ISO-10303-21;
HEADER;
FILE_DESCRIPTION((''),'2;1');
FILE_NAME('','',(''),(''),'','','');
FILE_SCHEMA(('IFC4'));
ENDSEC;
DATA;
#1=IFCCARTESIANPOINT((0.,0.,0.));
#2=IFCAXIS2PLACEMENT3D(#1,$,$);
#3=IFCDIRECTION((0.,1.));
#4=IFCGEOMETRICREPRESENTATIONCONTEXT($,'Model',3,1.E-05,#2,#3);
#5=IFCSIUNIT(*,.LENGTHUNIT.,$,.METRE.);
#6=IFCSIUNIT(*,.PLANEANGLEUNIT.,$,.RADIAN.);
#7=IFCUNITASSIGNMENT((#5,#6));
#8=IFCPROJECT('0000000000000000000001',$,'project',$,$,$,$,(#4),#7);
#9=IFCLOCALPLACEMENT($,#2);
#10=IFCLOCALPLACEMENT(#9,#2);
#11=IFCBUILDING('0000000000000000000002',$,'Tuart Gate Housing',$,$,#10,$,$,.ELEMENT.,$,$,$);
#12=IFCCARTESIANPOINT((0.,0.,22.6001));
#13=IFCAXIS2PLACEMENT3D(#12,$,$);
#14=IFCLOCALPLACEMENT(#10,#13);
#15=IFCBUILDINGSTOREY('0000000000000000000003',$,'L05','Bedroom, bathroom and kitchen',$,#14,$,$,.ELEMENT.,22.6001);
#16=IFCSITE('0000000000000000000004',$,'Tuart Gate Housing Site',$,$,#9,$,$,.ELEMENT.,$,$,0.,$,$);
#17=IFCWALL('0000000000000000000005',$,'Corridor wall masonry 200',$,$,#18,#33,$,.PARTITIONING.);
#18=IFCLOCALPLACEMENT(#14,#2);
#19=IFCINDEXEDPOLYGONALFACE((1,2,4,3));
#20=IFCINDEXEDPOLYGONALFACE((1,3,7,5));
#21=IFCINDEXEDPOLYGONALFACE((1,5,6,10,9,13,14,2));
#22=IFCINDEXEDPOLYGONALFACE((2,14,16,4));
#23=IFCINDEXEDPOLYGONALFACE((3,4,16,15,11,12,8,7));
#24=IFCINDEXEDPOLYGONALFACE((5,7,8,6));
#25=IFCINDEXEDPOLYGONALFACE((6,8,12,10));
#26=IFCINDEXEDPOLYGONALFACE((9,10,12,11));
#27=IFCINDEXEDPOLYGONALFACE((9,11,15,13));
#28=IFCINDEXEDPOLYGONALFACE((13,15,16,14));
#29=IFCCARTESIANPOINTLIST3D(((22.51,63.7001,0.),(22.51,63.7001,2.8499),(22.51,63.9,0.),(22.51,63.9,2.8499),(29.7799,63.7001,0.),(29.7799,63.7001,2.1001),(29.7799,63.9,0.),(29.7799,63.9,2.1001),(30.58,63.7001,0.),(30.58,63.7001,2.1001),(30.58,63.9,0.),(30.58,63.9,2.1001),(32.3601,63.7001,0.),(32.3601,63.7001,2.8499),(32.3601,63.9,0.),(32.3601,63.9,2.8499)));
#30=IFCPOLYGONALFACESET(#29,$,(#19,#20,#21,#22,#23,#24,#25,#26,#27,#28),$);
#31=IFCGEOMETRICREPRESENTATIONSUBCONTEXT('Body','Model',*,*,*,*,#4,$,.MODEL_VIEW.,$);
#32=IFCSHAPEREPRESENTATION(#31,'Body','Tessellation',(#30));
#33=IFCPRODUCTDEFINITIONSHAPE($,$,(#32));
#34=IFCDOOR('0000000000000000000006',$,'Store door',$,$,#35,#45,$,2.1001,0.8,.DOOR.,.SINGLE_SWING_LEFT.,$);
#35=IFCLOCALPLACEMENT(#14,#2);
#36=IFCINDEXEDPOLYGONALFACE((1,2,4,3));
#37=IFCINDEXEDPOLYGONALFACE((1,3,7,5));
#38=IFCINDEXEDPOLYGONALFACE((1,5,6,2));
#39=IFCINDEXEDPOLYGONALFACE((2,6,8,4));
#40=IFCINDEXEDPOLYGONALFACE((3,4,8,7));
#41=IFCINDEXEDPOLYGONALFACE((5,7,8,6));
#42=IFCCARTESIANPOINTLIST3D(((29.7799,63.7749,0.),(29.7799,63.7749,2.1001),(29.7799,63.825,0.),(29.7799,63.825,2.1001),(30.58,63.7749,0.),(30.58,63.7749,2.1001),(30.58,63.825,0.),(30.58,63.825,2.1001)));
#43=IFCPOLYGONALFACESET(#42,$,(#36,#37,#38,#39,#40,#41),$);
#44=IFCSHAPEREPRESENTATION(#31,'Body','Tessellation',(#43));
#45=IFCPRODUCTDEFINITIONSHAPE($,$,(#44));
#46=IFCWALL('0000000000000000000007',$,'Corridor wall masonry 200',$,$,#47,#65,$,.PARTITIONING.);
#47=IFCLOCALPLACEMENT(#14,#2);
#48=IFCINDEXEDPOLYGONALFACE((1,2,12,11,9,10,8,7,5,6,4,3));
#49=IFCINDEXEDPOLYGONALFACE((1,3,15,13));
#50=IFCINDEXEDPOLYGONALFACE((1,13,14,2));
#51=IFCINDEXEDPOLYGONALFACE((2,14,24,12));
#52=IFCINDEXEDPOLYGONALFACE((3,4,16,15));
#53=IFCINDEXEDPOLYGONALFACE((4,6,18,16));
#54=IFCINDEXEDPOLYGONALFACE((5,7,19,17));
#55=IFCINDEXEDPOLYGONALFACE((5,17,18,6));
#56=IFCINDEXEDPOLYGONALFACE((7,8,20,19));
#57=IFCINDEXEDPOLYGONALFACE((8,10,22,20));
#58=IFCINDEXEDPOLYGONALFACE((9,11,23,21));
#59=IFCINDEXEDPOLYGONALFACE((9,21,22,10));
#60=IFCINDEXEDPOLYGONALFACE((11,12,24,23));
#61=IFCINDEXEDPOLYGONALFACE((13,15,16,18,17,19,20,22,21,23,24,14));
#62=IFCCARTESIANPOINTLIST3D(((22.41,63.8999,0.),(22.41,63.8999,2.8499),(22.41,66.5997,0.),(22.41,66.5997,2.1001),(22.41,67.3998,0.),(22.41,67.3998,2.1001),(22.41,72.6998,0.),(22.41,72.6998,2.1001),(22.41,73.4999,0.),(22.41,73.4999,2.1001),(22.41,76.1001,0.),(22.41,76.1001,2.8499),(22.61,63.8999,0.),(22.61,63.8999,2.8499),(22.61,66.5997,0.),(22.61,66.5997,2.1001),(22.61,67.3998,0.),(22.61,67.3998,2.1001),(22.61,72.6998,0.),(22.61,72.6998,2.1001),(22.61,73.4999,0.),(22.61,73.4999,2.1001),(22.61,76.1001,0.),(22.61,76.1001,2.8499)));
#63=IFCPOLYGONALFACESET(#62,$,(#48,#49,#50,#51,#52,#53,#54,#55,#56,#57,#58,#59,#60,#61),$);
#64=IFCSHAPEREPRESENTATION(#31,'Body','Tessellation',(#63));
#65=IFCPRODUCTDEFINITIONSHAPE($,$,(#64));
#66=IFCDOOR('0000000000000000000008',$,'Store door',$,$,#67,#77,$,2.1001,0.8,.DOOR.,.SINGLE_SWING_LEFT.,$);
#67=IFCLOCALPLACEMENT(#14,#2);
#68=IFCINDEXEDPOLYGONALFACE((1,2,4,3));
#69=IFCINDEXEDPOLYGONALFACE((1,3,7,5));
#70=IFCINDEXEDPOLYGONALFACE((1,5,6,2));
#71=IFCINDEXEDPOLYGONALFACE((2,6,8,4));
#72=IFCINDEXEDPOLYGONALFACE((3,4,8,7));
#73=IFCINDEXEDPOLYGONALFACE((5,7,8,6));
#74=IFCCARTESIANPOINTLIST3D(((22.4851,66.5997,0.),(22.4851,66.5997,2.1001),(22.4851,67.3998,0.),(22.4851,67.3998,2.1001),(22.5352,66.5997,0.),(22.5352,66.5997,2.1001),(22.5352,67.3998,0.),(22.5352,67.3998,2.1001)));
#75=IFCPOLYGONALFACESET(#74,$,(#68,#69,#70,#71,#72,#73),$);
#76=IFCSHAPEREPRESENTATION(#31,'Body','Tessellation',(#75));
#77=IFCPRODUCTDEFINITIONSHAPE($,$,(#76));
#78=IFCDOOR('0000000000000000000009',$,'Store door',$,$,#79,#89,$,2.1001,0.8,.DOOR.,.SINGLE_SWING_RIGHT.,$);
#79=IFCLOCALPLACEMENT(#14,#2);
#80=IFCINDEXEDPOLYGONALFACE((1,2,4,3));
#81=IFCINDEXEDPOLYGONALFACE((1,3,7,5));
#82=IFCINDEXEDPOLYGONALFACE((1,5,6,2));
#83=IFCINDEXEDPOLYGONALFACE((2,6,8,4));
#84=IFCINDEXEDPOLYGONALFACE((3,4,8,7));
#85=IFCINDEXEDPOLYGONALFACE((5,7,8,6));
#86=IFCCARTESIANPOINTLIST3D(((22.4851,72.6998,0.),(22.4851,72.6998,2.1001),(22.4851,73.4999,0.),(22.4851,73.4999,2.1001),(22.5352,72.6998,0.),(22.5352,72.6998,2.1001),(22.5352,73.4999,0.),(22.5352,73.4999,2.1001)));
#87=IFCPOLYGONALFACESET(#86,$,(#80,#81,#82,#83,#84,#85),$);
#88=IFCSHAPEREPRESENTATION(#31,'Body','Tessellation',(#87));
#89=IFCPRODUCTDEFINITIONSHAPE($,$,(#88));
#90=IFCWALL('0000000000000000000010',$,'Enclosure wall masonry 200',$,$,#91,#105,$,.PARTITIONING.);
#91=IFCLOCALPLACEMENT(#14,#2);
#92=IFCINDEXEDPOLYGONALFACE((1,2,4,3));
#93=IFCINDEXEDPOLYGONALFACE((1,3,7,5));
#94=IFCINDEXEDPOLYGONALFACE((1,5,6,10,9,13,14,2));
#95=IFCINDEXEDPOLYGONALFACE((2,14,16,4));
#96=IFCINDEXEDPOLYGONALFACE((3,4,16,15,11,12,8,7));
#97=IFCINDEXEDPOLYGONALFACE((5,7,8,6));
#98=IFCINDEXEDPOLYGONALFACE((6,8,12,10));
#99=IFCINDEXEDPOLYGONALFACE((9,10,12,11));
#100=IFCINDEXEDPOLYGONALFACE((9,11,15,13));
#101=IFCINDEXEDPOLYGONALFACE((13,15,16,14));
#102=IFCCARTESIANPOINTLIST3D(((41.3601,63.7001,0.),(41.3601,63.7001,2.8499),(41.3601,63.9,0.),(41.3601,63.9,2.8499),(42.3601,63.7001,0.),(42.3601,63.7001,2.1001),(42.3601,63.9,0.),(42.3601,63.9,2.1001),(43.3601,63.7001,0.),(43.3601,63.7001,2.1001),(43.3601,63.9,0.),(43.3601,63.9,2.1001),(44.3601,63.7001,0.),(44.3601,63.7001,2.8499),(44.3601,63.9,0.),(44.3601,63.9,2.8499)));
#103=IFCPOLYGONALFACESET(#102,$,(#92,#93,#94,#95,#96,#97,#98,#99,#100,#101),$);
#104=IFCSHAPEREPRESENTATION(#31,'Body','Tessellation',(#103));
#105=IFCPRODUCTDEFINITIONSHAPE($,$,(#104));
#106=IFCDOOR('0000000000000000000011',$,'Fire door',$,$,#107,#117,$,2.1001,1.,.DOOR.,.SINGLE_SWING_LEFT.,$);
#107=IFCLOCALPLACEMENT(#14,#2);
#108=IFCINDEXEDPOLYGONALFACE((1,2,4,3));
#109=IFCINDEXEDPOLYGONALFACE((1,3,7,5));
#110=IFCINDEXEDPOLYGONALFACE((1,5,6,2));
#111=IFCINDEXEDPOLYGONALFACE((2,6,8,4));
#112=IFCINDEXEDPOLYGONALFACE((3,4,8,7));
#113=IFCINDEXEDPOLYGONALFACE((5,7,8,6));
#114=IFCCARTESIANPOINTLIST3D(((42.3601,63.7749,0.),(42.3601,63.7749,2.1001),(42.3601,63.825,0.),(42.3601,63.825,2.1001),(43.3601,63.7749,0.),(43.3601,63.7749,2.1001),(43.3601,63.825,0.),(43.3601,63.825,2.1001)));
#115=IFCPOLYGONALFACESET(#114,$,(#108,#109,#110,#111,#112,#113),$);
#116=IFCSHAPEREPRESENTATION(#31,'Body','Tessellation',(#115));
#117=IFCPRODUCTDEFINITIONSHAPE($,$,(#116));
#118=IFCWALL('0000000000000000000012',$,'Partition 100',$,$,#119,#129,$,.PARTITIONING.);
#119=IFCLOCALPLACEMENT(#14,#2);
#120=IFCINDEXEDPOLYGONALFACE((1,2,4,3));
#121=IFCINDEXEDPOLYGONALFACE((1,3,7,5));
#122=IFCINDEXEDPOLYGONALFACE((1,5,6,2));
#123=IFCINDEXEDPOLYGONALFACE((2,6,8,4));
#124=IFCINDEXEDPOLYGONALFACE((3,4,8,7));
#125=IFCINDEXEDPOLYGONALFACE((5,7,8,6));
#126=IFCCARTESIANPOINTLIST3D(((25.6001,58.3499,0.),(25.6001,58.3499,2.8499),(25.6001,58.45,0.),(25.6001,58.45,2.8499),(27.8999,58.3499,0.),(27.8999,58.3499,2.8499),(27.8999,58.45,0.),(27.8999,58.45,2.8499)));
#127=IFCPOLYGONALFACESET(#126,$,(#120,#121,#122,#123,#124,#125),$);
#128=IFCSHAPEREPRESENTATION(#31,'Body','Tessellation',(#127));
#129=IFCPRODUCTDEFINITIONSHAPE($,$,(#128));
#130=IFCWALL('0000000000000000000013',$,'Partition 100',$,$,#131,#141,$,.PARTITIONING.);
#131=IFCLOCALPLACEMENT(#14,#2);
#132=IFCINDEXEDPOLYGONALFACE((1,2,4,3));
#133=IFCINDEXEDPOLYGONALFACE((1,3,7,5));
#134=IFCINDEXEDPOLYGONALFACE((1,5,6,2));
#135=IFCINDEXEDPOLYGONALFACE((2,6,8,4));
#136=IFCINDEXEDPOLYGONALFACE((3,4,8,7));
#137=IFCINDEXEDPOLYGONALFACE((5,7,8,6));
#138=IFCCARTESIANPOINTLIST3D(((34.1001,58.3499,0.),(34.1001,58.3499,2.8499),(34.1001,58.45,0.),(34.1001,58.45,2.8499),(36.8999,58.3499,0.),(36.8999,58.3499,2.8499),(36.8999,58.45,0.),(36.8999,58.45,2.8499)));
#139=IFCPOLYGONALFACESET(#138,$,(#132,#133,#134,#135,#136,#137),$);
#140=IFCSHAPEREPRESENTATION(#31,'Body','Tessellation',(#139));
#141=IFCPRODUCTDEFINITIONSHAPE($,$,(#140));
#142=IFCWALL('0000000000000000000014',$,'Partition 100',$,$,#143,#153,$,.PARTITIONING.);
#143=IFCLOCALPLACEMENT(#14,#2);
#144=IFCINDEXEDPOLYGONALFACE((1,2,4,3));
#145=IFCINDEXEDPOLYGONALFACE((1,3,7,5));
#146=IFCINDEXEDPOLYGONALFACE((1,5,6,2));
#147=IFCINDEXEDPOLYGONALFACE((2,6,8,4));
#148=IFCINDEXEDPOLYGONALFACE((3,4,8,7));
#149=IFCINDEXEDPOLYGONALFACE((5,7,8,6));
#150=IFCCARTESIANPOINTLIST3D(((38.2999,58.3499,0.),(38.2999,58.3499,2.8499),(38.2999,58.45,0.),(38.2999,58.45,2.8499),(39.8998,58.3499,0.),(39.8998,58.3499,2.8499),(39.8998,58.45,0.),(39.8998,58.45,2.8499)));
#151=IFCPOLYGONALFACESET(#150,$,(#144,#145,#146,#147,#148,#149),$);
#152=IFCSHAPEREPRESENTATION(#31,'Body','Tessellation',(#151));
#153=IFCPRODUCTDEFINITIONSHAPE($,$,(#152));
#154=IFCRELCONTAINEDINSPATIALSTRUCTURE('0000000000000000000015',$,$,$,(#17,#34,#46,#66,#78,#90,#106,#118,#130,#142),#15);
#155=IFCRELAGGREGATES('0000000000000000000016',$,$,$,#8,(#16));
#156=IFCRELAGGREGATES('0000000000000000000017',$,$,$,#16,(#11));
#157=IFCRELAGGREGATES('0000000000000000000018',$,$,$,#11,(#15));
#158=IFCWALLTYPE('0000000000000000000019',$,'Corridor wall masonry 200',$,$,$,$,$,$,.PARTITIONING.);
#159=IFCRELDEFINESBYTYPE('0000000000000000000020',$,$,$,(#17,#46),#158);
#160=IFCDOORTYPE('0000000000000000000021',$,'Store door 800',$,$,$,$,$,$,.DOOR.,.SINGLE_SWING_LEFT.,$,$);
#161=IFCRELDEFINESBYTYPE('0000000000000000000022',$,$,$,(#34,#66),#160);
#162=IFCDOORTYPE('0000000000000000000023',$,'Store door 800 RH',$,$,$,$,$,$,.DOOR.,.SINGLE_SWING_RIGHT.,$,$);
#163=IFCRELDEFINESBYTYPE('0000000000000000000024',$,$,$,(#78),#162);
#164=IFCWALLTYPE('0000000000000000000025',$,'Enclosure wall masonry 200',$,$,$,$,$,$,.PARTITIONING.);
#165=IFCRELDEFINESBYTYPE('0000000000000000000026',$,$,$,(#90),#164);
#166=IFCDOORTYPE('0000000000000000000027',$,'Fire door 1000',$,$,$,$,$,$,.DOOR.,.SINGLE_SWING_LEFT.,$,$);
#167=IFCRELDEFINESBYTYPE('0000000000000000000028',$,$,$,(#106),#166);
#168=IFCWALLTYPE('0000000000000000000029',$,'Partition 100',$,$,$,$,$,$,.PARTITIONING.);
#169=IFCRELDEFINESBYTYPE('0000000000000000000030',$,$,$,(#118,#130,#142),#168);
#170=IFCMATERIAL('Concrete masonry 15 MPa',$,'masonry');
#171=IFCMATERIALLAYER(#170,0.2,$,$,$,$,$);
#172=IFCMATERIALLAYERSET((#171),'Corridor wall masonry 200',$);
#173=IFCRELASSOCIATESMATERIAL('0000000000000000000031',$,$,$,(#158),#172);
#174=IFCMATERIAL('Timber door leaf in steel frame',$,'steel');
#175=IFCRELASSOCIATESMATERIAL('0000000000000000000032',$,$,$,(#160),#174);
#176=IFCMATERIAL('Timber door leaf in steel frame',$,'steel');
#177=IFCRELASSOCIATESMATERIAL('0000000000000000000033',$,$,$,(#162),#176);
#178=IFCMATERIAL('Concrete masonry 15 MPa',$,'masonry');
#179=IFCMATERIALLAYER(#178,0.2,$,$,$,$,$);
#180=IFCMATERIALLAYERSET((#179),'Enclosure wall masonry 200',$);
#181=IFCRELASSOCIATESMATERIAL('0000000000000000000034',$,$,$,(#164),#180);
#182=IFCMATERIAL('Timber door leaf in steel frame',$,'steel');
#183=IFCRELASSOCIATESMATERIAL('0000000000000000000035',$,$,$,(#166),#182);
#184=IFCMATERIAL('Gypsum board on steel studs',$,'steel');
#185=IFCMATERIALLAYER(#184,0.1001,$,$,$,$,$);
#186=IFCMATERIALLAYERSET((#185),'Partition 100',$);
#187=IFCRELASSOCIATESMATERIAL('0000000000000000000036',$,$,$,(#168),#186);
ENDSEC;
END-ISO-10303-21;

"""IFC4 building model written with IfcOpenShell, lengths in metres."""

from ifc_helpers import new_model, si_unit, direction, frame, frame_2d, origin, place, context, subcontext, project, spatial, rectangle, extrude, material, layer, layer_set, type_object, element, fill, save


model = new_model("IFC4")

# Units and contexts
model_context = context("Model", 3, precision=1e-05, world=origin(), true_north=direction((0.0, 1.0)))
body_context = subcontext(model_context, "Body", "Model", "MODEL_VIEW")
ifc_project = project(units=[si_unit("LENGTHUNIT", "METRE"), si_unit("PLANEANGLEUNIT", "RADIAN")], contexts=[model_context])

# Site, building, storey
site_placement = place(None, origin())
site = spatial("IfcSite", under=ifc_project, at=site_placement, Name="Tuart Gate Housing Site", CompositionType="ELEMENT", RefElevation=0.0)
building_placement = place(site_placement, origin())
building = spatial("IfcBuilding", under=site, at=building_placement, Name="Tuart Gate Housing", CompositionType="ELEMENT")
storey_placement = place(building_placement, frame((0.0, 0.0, 22.6001)))
storey = spatial("IfcBuildingStorey", under=building, at=storey_placement, Name="L05", Description="Bedroom, bathroom and kitchen", CompositionType="ELEMENT", Elevation=22.6001)

# Shared definitions
ifc_material_1 = material(Name="Concrete masonry 15 MPa", Category="masonry")
ifc_layer_1 = layer(ifc_material_1, 0.2)
ifc_layer_set_1 = layer_set([ifc_layer_1], Name="Corridor wall masonry 200")
wall_type_1 = type_object("IfcWallType", Name="Corridor wall masonry 200", PredefinedType="PARTITIONING", material=ifc_layer_set_1)

# Wall, opening, door
wall_1_placement = place(storey_placement, frame((22.51, 63.8, 0.0), z_axis=(0.0, 0.0, 1.0), x_axis=(1.0, 0.0, 0.0)))
wall_1 = element("IfcWall", 1, at=wall_1_placement, inside=storey, type_object=wall_type_1, Name="Corridor wall masonry 200", PredefinedType="PARTITIONING", context=body_context, shape_type="SweptSolid", body=[
    extrude(rectangle(XDim=9.8501, YDim=0.2, at=frame_2d((4.925, 0.0))), origin(), (0.0, 0.0, 1.0), 2.8499),
])
opening_1_placement = place(wall_1_placement, frame((7.27, 0.0, 0.0)))
opening_1 = element("IfcOpeningElement", 2, at=opening_1_placement, cuts=wall_1, PredefinedType="OPENING", context=body_context, shape_type="SweptSolid", body=[
    extrude(rectangle(XDim=0.8, YDim=2.1001, at=frame_2d((0.3999, 1.05))), frame((0.0, 0.1099, 0.0), z_axis=(0.0, -1.0, 0.0), x_axis=(1.0, 0.0, 0.0)), (0.0, 0.0, 1.0), 0.22),
])
ifc_material_2 = material(Name="Timber door leaf in steel frame", Category="steel")
door_type_1 = type_object("IfcDoorType", Name="Store door 800", OperationType="SINGLE_SWING_LEFT", PredefinedType="DOOR", material=ifc_material_2)
door_1_placement = place(opening_1_placement, origin())
door_1 = element("IfcDoor", 3, at=door_1_placement, inside=storey, type_object=door_type_1, Name="Store door", OperationType="SINGLE_SWING_LEFT", OverallHeight=2.1001, OverallWidth=0.8, PredefinedType="DOOR", context=body_context, shape_type="SweptSolid", body=[
    extrude(rectangle(XDim=0.8, YDim=2.1001, at=frame_2d((0.3999, 1.05))), frame((0.0, 0.0249, 0.0), z_axis=(0.0, -1.0, 0.0), x_axis=(1.0, 0.0, 0.0)), (0.0, 0.0, 1.0), 0.05),
])
fill(opening_1, door_1)

# Wall, openings, doors
wall_2_placement = place(storey_placement, frame((22.51, 63.8999, 0.0), z_axis=(0.0, 0.0, 1.0), x_axis=(0.0, 1.0, 0.0)))
wall_2 = element("IfcWall", 4, at=wall_2_placement, inside=storey, type_object=wall_type_1, Name="Corridor wall masonry 200", PredefinedType="PARTITIONING", context=body_context, shape_type="SweptSolid", body=[
    extrude(rectangle(XDim=12.2002, YDim=0.2, at=frame_2d((6.1001, 0.0))), origin(), (0.0, 0.0, 1.0), 2.8499),
])
opening_2_placement = place(wall_2_placement, frame((2.7, 0.0, 0.0)))
opening_2 = element("IfcOpeningElement", 5, at=opening_2_placement, cuts=wall_2, PredefinedType="OPENING", context=body_context, shape_type="SweptSolid", body=[
    extrude(rectangle(XDim=0.8, YDim=2.1001, at=frame_2d((0.3999, 1.05))), frame((0.0, 0.1099, 0.0), z_axis=(0.0, -1.0, 0.0), x_axis=(1.0, 0.0, 0.0)), (0.0, 0.0, 1.0), 0.22),
])
opening_3_placement = place(wall_2_placement, frame((8.8, 0.0, 0.0)))
opening_3 = element("IfcOpeningElement", 6, at=opening_3_placement, cuts=wall_2, PredefinedType="OPENING", context=body_context, shape_type="SweptSolid", body=[
    extrude(rectangle(XDim=0.8, YDim=2.1001, at=frame_2d((0.3999, 1.05))), frame((0.0, 0.1099, 0.0), z_axis=(0.0, -1.0, 0.0), x_axis=(1.0, 0.0, 0.0)), (0.0, 0.0, 1.0), 0.22),
])
door_2_placement = place(opening_2_placement, frame((0.8, 0.0, 0.0), z_axis=(0.0, 0.0, 1.0), x_axis=(-1.0, 0.0, 0.0)))
door_2 = element("IfcDoor", 7, at=door_2_placement, inside=storey, type_object=door_type_1, Name="Store door", OperationType="SINGLE_SWING_LEFT", OverallHeight=2.1001, OverallWidth=0.8, PredefinedType="DOOR", context=body_context, shape_type="SweptSolid", body=[
    extrude(rectangle(XDim=0.8, YDim=2.1001, at=frame_2d((0.4001, 1.05))), frame((0.0, 0.0251, 0.0), z_axis=(0.0, -1.0, 0.0), x_axis=(1.0, 0.0, 0.0)), (0.0, 0.0, 1.0), 0.05),
])
fill(opening_2, door_2)
ifc_material_3 = material(Name="Timber door leaf in steel frame", Category="steel")
door_type_2 = type_object("IfcDoorType", Name="Store door 800 RH", OperationType="SINGLE_SWING_RIGHT", PredefinedType="DOOR", material=ifc_material_3)
door_3_placement = place(opening_3_placement, frame((0.8, 0.0, 0.0), z_axis=(0.0, 0.0, 1.0), x_axis=(-1.0, 0.0, 0.0)))
door_3 = element("IfcDoor", 8, at=door_3_placement, inside=storey, type_object=door_type_2, Name="Store door", OperationType="SINGLE_SWING_RIGHT", OverallHeight=2.1001, OverallWidth=0.8, PredefinedType="DOOR", context=body_context, shape_type="SweptSolid", body=[
    extrude(rectangle(XDim=0.8, YDim=2.1001, at=frame_2d((0.4001, 1.05))), frame((0.0, 0.0251, 0.0), z_axis=(0.0, -1.0, 0.0), x_axis=(1.0, 0.0, 0.0)), (0.0, 0.0, 1.0), 0.05),
])
fill(opening_3, door_3)

# Wall, opening, door
ifc_material_4 = material(Name="Concrete masonry 15 MPa", Category="masonry")
ifc_layer_2 = layer(ifc_material_4, 0.2)
ifc_layer_set_2 = layer_set([ifc_layer_2], Name="Enclosure wall masonry 200")
wall_type_2 = type_object("IfcWallType", Name="Enclosure wall masonry 200", PredefinedType="PARTITIONING", material=ifc_layer_set_2)
wall_3_placement = place(storey_placement, frame((41.3601, 63.8, 0.0), z_axis=(0.0, 0.0, 1.0), x_axis=(1.0, 0.0, 0.0)))
wall_3 = element("IfcWall", 9, at=wall_3_placement, inside=storey, type_object=wall_type_2, Name="Enclosure wall masonry 200", PredefinedType="PARTITIONING", context=body_context, shape_type="SweptSolid", body=[
    extrude(rectangle(XDim=3.0, YDim=0.2, at=frame_2d((1.5, 0.0))), origin(), (0.0, 0.0, 1.0), 2.8499),
])
opening_4_placement = place(wall_3_placement, frame((1.0, 0.0, 0.0)))
opening_4 = element("IfcOpeningElement", 10, at=opening_4_placement, cuts=wall_3, PredefinedType="OPENING", context=body_context, shape_type="SweptSolid", body=[
    extrude(rectangle(XDim=1.0, YDim=2.1001, at=frame_2d((0.5, 1.05))), frame((0.0, 0.1099, 0.0), z_axis=(0.0, -1.0, 0.0), x_axis=(1.0, 0.0, 0.0)), (0.0, 0.0, 1.0), 0.22),
])
ifc_material_5 = material(Name="Timber door leaf in steel frame", Category="steel")
door_type_3 = type_object("IfcDoorType", Name="Fire door 1000", OperationType="SINGLE_SWING_LEFT", PredefinedType="DOOR", material=ifc_material_5)
door_4_placement = place(opening_4_placement, frame((1.0, 0.0, 0.0), z_axis=(0.0, 0.0, 1.0), x_axis=(-1.0, 0.0, 0.0)))
door_4 = element("IfcDoor", 11, at=door_4_placement, inside=storey, type_object=door_type_3, Name="Fire door", OperationType="SINGLE_SWING_LEFT", OverallHeight=2.1001, OverallWidth=1.0, PredefinedType="DOOR", context=body_context, shape_type="SweptSolid", body=[
    extrude(rectangle(XDim=1.0, YDim=2.1001, at=frame_2d((0.5, 1.05))), frame((0.0, 0.0251, 0.0), z_axis=(0.0, -1.0, 0.0), x_axis=(1.0, 0.0, 0.0)), (0.0, 0.0, 1.0), 0.05),
])
fill(opening_4, door_4)

# Walls
ifc_material_6 = material(Name="Gypsum board on steel studs", Category="steel")
ifc_layer_3 = layer(ifc_material_6, 0.1001)
ifc_layer_set_3 = layer_set([ifc_layer_3], Name="Partition 100")
wall_type_3 = type_object("IfcWallType", Name="Partition 100", PredefinedType="PARTITIONING", material=ifc_layer_set_3)
wall_4_placement = place(storey_placement, frame((25.6001, 58.3999, 0.0), z_axis=(0.0, 0.0, 1.0), x_axis=(1.0, 0.0, 0.0)))
element("IfcWall", 12, at=wall_4_placement, inside=storey, type_object=wall_type_3, Name="Partition 100", PredefinedType="PARTITIONING", context=body_context, shape_type="SweptSolid", body=[
    extrude(rectangle(XDim=2.2998, YDim=0.1001, at=frame_2d((1.1499, 0.0))), origin(), (0.0, 0.0, 1.0), 2.8499),
])
wall_5_placement = place(storey_placement, frame((34.1001, 58.3999, 0.0), z_axis=(0.0, 0.0, 1.0), x_axis=(1.0, 0.0, 0.0)))
element("IfcWall", 13, at=wall_5_placement, inside=storey, type_object=wall_type_3, Name="Partition 100", PredefinedType="PARTITIONING", context=body_context, shape_type="SweptSolid", body=[
    extrude(rectangle(XDim=2.7998, YDim=0.1001, at=frame_2d((1.3999, 0.0))), origin(), (0.0, 0.0, 1.0), 2.8499),
])
wall_6_placement = place(storey_placement, frame((38.3, 58.3999, 0.0), z_axis=(0.0, 0.0, 1.0), x_axis=(1.0, 0.0, 0.0)))
element("IfcWall", 14, at=wall_6_placement, inside=storey, type_object=wall_type_3, Name="Partition 100", PredefinedType="PARTITIONING", context=body_context, shape_type="SweptSolid", body=[
    extrude(rectangle(XDim=1.5999, YDim=0.1001, at=frame_2d((0.7998, 0.0))), origin(), (0.0, 0.0, 1.0), 2.8499),
])

save(model, "model.ifc")
